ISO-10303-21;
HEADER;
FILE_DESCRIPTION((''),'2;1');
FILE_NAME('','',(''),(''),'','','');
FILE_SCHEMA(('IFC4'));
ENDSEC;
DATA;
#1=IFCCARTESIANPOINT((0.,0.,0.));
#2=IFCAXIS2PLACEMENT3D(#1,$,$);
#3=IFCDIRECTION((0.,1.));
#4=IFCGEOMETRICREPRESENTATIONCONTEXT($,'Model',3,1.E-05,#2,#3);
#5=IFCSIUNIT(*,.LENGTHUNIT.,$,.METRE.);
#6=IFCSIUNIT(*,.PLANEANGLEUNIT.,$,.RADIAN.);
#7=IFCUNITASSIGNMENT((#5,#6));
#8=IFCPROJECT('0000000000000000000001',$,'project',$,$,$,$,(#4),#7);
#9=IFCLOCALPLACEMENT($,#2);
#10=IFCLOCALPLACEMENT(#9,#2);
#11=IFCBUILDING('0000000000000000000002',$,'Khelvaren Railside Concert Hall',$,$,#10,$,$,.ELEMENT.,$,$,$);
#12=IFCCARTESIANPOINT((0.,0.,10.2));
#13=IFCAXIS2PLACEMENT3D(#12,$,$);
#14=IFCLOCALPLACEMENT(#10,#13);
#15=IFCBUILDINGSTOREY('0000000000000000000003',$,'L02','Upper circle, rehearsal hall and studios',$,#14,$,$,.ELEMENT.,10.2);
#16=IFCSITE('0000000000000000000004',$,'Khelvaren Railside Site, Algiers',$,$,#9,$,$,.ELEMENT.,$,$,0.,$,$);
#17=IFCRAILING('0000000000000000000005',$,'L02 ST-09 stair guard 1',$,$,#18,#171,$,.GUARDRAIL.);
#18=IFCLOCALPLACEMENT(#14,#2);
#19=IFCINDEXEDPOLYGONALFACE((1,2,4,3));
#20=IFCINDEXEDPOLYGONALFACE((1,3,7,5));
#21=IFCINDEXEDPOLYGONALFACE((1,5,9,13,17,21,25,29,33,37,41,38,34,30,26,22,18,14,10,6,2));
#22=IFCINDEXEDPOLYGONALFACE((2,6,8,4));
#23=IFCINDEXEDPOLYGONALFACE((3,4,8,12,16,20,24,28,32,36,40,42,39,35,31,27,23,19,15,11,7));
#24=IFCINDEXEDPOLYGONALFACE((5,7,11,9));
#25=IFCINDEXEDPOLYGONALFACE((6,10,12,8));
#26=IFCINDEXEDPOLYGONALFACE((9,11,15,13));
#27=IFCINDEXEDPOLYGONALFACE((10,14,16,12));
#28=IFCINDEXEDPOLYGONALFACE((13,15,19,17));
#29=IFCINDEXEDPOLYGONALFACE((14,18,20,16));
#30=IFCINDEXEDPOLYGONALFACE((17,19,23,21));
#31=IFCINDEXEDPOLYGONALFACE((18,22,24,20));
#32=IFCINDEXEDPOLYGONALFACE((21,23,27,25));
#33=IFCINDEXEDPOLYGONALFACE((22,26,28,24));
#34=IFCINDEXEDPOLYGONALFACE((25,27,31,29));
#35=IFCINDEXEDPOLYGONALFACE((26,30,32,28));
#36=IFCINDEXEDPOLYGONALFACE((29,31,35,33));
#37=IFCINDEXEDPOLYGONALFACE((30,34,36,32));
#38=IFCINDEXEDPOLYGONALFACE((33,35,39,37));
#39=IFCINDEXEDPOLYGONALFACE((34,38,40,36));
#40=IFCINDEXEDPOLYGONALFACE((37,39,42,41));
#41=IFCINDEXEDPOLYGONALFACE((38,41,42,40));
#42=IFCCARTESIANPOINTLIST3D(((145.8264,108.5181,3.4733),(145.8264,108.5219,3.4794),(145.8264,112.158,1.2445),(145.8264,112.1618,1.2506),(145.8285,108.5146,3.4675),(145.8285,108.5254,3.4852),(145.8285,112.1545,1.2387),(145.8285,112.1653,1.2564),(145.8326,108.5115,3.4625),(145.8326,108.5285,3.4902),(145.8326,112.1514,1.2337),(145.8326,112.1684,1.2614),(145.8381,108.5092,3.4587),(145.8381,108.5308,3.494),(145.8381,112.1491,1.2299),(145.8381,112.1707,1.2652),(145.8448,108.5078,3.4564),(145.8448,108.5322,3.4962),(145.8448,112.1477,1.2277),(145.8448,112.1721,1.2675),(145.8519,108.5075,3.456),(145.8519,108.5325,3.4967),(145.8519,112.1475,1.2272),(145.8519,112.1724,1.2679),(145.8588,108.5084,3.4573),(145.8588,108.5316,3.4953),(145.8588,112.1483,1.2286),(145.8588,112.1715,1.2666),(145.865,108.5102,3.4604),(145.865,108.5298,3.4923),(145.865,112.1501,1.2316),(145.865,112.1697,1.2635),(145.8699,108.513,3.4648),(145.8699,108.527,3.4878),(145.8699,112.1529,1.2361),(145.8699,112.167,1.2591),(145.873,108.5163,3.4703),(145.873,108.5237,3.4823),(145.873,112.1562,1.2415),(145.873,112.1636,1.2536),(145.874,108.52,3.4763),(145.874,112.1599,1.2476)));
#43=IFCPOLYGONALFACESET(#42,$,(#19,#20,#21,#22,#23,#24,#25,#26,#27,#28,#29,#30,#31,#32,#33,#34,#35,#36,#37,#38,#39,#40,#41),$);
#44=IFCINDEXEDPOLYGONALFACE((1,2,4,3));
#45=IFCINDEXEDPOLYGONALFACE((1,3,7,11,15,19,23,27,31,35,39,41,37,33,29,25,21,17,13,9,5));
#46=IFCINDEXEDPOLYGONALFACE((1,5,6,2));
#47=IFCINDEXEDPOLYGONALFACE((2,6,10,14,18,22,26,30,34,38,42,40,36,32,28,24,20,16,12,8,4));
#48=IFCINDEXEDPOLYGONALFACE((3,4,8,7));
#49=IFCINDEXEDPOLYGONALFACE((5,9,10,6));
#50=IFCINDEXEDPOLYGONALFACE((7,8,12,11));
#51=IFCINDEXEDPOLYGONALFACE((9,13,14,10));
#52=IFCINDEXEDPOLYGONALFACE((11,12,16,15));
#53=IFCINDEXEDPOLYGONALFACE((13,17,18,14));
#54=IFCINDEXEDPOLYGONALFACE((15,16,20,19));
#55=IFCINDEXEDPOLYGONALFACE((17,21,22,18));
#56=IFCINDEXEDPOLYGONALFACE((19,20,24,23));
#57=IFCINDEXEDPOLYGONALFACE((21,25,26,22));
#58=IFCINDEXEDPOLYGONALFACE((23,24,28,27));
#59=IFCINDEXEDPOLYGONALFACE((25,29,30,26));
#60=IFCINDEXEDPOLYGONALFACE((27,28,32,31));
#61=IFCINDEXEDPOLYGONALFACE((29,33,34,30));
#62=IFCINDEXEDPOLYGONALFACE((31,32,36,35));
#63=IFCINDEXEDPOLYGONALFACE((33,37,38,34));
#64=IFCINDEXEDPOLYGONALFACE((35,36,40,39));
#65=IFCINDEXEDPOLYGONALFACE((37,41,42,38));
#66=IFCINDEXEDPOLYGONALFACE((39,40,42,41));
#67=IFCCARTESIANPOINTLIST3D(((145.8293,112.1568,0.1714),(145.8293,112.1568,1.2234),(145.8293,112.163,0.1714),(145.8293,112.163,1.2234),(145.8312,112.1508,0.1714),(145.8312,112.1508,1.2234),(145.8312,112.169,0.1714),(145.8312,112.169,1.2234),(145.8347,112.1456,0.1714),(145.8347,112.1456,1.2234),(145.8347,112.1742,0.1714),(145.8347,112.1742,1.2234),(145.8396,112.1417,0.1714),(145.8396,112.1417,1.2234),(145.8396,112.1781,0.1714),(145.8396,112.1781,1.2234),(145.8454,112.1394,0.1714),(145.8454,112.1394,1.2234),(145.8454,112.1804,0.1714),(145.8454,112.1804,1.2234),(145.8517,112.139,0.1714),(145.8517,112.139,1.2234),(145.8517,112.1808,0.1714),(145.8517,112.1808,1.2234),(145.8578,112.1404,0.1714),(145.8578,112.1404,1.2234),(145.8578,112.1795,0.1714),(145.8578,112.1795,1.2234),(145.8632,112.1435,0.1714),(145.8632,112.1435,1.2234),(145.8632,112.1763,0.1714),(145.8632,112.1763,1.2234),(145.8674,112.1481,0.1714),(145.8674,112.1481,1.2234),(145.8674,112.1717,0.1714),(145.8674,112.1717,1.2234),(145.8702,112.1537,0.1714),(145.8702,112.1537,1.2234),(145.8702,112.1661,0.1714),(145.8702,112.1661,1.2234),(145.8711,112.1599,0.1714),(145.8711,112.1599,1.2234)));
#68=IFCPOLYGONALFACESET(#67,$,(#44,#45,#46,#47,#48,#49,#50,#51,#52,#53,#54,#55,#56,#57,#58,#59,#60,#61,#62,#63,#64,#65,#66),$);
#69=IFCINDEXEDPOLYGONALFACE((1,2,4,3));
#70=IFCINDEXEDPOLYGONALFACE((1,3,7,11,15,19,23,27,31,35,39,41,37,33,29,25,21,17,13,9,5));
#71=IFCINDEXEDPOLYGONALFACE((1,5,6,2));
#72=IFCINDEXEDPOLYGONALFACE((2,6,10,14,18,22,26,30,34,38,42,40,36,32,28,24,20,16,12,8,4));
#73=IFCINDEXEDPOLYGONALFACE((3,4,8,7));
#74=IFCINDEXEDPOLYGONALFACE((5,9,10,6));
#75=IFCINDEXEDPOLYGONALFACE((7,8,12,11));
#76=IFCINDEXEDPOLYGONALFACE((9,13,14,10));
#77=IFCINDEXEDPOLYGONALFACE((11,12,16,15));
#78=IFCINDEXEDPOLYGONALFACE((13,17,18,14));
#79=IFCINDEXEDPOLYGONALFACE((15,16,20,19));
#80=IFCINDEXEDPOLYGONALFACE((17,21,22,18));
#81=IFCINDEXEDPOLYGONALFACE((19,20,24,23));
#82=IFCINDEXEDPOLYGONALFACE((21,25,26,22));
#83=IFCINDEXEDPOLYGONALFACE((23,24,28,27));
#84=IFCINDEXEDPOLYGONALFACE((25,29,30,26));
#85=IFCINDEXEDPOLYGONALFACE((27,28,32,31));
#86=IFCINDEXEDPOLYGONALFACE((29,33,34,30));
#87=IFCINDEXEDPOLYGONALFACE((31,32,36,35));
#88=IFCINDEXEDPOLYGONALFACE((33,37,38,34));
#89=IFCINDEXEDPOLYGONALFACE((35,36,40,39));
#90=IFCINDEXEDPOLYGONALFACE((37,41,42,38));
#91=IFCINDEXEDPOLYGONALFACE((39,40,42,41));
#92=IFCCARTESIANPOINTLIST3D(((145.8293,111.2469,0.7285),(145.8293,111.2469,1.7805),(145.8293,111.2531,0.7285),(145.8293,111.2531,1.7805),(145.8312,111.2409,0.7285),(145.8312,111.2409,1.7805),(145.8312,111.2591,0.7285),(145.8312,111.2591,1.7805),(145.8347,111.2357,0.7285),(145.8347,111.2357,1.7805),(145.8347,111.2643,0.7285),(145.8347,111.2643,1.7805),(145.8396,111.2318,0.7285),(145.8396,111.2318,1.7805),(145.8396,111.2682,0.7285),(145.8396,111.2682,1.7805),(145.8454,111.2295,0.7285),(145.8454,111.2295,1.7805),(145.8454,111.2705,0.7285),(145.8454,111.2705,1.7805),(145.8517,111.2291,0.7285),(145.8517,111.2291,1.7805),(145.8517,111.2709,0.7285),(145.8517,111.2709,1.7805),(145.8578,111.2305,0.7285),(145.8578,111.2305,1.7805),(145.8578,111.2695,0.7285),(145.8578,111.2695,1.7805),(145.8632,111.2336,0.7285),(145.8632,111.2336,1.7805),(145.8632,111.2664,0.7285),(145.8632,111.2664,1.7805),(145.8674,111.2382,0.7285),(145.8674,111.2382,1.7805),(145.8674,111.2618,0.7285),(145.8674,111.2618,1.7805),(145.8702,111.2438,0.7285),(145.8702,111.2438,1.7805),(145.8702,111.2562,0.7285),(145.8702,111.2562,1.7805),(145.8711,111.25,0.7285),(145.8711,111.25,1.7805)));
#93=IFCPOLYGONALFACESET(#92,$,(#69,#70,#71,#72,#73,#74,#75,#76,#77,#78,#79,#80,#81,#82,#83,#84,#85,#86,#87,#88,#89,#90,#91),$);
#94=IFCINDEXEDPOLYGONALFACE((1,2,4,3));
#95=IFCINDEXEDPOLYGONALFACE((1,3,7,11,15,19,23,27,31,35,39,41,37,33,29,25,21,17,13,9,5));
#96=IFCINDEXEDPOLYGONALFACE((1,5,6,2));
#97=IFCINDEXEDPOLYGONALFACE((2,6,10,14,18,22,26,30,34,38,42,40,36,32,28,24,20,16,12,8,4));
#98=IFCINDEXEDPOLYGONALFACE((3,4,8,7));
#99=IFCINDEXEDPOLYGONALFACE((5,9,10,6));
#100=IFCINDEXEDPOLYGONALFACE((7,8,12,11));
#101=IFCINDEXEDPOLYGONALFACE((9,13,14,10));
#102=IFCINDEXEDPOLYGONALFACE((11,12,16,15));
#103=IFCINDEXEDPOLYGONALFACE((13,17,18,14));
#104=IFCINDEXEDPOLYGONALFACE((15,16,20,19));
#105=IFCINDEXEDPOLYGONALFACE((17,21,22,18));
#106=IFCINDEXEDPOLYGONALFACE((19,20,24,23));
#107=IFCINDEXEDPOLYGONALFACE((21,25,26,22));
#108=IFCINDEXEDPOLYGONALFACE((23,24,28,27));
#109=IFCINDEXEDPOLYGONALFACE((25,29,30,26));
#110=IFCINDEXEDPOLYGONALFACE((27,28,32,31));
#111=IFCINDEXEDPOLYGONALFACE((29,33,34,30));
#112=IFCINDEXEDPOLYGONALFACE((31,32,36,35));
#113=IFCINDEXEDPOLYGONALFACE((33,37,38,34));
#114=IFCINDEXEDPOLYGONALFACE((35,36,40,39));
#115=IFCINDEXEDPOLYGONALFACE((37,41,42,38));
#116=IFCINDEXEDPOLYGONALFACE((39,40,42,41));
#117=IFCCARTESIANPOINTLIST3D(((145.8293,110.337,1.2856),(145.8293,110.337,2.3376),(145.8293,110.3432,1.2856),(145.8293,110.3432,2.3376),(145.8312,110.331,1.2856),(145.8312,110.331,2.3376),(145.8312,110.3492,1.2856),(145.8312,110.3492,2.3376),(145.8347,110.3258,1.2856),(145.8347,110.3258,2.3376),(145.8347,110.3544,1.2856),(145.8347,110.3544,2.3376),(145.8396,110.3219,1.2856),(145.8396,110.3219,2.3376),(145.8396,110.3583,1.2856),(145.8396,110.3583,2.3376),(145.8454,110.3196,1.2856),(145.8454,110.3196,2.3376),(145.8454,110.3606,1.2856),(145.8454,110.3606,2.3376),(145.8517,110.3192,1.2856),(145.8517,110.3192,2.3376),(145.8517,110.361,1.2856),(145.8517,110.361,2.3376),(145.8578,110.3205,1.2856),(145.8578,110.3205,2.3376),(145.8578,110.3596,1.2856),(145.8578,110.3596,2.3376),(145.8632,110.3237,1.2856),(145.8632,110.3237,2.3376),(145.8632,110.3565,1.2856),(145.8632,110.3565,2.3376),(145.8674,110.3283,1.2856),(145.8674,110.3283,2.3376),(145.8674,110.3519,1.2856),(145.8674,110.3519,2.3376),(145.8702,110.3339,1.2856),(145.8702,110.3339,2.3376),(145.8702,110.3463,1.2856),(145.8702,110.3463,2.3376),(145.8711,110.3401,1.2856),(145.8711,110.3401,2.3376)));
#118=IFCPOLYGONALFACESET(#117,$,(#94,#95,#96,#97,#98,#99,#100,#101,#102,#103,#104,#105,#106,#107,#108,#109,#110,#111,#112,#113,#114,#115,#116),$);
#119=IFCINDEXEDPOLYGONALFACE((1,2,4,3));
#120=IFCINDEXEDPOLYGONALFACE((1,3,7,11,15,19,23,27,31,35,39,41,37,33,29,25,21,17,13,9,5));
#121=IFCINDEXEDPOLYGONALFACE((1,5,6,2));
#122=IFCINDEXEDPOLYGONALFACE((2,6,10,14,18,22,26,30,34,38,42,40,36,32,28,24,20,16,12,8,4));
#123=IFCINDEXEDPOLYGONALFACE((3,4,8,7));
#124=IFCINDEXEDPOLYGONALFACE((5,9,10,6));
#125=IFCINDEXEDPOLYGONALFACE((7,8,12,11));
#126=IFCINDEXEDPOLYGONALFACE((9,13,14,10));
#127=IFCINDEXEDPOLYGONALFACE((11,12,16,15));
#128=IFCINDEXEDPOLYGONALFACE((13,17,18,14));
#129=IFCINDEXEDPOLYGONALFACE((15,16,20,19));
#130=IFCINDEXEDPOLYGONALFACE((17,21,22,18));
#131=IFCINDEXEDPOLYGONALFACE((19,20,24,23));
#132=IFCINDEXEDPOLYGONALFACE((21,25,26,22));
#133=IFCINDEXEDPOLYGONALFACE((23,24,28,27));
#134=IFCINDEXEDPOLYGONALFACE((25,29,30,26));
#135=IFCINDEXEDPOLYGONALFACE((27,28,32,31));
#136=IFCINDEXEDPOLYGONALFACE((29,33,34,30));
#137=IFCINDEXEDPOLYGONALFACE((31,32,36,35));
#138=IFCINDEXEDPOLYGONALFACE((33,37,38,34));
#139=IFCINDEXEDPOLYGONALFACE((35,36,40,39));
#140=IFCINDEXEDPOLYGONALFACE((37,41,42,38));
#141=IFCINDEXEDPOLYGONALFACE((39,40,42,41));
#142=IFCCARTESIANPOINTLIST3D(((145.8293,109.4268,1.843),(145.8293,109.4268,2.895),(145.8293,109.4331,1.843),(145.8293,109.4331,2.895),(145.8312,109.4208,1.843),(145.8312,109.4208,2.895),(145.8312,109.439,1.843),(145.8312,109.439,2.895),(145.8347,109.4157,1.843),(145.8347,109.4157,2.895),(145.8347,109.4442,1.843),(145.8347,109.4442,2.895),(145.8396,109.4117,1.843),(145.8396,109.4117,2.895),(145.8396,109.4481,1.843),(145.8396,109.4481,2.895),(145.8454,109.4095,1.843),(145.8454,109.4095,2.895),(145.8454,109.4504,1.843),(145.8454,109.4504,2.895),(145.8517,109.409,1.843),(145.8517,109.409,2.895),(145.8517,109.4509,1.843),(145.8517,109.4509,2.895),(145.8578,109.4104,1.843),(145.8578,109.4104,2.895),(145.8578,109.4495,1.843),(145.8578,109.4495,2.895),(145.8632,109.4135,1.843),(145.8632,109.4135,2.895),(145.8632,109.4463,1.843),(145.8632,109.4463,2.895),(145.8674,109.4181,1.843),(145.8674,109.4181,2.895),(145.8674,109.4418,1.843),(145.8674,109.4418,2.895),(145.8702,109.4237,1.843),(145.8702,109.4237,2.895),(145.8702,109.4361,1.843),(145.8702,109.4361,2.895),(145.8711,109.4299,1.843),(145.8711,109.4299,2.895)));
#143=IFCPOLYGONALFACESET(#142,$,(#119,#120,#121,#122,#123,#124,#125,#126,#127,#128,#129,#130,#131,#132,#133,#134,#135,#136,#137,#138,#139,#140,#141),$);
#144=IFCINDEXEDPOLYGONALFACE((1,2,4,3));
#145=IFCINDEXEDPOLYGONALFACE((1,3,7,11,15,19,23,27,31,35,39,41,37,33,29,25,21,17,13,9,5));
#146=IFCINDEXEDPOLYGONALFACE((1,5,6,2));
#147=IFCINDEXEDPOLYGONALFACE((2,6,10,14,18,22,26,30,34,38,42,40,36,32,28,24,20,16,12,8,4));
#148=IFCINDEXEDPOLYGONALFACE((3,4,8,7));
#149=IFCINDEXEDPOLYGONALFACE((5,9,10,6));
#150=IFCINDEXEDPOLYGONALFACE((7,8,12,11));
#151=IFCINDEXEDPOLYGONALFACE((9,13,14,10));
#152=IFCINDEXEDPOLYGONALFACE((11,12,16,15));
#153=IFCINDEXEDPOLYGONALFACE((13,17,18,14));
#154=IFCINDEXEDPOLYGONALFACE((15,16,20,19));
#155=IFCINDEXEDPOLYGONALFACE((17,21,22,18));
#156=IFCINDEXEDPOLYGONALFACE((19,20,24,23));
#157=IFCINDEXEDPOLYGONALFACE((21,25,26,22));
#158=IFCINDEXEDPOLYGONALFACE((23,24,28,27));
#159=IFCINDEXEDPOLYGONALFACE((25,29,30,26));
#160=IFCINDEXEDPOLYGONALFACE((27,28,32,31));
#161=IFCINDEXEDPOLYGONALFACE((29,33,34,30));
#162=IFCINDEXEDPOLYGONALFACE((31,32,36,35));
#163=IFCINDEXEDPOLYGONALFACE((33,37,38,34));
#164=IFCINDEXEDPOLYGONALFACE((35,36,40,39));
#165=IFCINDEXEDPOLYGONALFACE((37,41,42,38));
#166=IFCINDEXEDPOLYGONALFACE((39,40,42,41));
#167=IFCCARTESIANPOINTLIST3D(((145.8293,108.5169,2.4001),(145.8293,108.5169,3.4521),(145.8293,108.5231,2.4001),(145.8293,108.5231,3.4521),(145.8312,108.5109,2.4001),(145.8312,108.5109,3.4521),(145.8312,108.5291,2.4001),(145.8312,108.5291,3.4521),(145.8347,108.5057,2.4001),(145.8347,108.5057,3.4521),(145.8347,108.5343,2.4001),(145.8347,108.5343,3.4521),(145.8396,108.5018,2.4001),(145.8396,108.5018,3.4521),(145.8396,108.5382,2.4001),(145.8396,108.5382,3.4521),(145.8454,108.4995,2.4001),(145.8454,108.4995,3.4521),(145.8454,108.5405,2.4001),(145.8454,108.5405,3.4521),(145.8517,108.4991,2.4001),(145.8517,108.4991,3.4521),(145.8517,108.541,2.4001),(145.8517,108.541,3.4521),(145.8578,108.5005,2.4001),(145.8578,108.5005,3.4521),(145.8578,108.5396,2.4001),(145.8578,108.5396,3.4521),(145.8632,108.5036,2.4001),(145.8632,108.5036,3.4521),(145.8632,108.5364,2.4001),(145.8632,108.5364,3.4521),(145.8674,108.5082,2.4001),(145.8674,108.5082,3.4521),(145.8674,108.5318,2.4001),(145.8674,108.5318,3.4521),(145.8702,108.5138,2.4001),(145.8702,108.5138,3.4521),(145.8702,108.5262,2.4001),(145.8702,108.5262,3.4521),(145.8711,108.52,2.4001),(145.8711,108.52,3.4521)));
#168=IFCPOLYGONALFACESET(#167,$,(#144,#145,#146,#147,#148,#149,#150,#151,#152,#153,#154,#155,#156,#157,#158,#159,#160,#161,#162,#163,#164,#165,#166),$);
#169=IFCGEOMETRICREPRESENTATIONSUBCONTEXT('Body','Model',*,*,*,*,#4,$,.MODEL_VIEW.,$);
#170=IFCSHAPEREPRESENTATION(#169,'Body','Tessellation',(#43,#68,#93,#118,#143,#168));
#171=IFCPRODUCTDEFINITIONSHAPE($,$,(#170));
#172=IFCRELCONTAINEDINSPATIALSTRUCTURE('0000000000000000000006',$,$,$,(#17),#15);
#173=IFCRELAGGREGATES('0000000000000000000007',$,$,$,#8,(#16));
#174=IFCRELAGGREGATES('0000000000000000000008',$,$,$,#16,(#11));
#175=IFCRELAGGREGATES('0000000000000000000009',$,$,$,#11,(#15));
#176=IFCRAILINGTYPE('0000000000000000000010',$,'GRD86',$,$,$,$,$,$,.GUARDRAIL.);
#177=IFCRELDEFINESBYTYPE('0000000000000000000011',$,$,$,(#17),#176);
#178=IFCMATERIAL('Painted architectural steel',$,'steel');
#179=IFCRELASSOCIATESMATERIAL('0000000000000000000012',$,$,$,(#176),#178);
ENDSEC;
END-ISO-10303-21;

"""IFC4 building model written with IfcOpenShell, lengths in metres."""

from ifc_helpers import new_model, si_unit, direction, frame, origin, origin_2d, place, context, subcontext, project, spatial, circle, extrude, material, type_object, element, save


model = new_model("IFC4")

# Units and contexts
model_context = context("Model", 3, precision=1e-05, world=origin(), true_north=direction((0.0, 1.0)))
body_context = subcontext(model_context, "Body", "Model", "MODEL_VIEW")
ifc_project = project(units=[si_unit("LENGTHUNIT", "METRE"), si_unit("PLANEANGLEUNIT", "RADIAN")], contexts=[model_context])

# Site, building, storey
site_placement = place(None, origin())
site = spatial("IfcSite", under=ifc_project, at=site_placement, Name="Khelvaren Railside Site, Algiers", CompositionType="ELEMENT", RefElevation=0.0)
building_placement = place(site_placement, origin())
building = spatial("IfcBuilding", under=site, at=building_placement, Name="Khelvaren Railside Concert Hall", CompositionType="ELEMENT")
storey_placement = place(building_placement, frame((0.0, 0.0, 10.2)))
storey = spatial("IfcBuildingStorey", under=building, at=storey_placement, Name="L02", Description="Upper circle, rehearsal hall and studios", CompositionType="ELEMENT", Elevation=10.2)

# Railing
ifc_material_1 = material(Name="Painted architectural steel", Category="steel")
railing_type_1 = type_object("IfcRailingType", Name="GRD86", PredefinedType="GUARDRAIL", material=ifc_material_1)
railing_1_placement = place(storey_placement, frame((145.8501, 112.1599, 0.1714)))
element("IfcRailing", 1, at=railing_1_placement, inside=storey, type_object=railing_type_1, Name="L02 ST-09 stair guard 1", PredefinedType="GUARDRAIL", context=body_context, shape_type="SweptSolid", body=[
    extrude(circle(Radius=0.0239, at=origin_2d()), frame((0.0, 0.0, 1.0762), z_axis=(0.0, -0.852825, 0.522197), x_axis=(1.0, 0.0, 0.0)), (0.0, 0.0, 1.0), 4.2681),
    extrude(circle(Radius=0.021, at=origin_2d()), origin(), (0.0, 0.0, 1.0), 1.052),
    extrude(circle(Radius=0.021, at=origin_2d()), frame((0.0, -0.9099, 0.5571)), (0.0, 0.0, 1.0), 1.052),
    extrude(circle(Radius=0.021, at=origin_2d()), frame((0.0, -1.8198, 1.1143)), (0.0, 0.0, 1.0), 1.052),
    extrude(circle(Radius=0.021, at=origin_2d()), frame((0.0, -2.73, 1.6716)), (0.0, 0.0, 1.0), 1.052),
    extrude(circle(Radius=0.021, at=origin_2d()), frame((0.0, -3.6399, 2.2288)), (0.0, 0.0, 1.0), 1.052),
])

save(model, "model.ifc")
